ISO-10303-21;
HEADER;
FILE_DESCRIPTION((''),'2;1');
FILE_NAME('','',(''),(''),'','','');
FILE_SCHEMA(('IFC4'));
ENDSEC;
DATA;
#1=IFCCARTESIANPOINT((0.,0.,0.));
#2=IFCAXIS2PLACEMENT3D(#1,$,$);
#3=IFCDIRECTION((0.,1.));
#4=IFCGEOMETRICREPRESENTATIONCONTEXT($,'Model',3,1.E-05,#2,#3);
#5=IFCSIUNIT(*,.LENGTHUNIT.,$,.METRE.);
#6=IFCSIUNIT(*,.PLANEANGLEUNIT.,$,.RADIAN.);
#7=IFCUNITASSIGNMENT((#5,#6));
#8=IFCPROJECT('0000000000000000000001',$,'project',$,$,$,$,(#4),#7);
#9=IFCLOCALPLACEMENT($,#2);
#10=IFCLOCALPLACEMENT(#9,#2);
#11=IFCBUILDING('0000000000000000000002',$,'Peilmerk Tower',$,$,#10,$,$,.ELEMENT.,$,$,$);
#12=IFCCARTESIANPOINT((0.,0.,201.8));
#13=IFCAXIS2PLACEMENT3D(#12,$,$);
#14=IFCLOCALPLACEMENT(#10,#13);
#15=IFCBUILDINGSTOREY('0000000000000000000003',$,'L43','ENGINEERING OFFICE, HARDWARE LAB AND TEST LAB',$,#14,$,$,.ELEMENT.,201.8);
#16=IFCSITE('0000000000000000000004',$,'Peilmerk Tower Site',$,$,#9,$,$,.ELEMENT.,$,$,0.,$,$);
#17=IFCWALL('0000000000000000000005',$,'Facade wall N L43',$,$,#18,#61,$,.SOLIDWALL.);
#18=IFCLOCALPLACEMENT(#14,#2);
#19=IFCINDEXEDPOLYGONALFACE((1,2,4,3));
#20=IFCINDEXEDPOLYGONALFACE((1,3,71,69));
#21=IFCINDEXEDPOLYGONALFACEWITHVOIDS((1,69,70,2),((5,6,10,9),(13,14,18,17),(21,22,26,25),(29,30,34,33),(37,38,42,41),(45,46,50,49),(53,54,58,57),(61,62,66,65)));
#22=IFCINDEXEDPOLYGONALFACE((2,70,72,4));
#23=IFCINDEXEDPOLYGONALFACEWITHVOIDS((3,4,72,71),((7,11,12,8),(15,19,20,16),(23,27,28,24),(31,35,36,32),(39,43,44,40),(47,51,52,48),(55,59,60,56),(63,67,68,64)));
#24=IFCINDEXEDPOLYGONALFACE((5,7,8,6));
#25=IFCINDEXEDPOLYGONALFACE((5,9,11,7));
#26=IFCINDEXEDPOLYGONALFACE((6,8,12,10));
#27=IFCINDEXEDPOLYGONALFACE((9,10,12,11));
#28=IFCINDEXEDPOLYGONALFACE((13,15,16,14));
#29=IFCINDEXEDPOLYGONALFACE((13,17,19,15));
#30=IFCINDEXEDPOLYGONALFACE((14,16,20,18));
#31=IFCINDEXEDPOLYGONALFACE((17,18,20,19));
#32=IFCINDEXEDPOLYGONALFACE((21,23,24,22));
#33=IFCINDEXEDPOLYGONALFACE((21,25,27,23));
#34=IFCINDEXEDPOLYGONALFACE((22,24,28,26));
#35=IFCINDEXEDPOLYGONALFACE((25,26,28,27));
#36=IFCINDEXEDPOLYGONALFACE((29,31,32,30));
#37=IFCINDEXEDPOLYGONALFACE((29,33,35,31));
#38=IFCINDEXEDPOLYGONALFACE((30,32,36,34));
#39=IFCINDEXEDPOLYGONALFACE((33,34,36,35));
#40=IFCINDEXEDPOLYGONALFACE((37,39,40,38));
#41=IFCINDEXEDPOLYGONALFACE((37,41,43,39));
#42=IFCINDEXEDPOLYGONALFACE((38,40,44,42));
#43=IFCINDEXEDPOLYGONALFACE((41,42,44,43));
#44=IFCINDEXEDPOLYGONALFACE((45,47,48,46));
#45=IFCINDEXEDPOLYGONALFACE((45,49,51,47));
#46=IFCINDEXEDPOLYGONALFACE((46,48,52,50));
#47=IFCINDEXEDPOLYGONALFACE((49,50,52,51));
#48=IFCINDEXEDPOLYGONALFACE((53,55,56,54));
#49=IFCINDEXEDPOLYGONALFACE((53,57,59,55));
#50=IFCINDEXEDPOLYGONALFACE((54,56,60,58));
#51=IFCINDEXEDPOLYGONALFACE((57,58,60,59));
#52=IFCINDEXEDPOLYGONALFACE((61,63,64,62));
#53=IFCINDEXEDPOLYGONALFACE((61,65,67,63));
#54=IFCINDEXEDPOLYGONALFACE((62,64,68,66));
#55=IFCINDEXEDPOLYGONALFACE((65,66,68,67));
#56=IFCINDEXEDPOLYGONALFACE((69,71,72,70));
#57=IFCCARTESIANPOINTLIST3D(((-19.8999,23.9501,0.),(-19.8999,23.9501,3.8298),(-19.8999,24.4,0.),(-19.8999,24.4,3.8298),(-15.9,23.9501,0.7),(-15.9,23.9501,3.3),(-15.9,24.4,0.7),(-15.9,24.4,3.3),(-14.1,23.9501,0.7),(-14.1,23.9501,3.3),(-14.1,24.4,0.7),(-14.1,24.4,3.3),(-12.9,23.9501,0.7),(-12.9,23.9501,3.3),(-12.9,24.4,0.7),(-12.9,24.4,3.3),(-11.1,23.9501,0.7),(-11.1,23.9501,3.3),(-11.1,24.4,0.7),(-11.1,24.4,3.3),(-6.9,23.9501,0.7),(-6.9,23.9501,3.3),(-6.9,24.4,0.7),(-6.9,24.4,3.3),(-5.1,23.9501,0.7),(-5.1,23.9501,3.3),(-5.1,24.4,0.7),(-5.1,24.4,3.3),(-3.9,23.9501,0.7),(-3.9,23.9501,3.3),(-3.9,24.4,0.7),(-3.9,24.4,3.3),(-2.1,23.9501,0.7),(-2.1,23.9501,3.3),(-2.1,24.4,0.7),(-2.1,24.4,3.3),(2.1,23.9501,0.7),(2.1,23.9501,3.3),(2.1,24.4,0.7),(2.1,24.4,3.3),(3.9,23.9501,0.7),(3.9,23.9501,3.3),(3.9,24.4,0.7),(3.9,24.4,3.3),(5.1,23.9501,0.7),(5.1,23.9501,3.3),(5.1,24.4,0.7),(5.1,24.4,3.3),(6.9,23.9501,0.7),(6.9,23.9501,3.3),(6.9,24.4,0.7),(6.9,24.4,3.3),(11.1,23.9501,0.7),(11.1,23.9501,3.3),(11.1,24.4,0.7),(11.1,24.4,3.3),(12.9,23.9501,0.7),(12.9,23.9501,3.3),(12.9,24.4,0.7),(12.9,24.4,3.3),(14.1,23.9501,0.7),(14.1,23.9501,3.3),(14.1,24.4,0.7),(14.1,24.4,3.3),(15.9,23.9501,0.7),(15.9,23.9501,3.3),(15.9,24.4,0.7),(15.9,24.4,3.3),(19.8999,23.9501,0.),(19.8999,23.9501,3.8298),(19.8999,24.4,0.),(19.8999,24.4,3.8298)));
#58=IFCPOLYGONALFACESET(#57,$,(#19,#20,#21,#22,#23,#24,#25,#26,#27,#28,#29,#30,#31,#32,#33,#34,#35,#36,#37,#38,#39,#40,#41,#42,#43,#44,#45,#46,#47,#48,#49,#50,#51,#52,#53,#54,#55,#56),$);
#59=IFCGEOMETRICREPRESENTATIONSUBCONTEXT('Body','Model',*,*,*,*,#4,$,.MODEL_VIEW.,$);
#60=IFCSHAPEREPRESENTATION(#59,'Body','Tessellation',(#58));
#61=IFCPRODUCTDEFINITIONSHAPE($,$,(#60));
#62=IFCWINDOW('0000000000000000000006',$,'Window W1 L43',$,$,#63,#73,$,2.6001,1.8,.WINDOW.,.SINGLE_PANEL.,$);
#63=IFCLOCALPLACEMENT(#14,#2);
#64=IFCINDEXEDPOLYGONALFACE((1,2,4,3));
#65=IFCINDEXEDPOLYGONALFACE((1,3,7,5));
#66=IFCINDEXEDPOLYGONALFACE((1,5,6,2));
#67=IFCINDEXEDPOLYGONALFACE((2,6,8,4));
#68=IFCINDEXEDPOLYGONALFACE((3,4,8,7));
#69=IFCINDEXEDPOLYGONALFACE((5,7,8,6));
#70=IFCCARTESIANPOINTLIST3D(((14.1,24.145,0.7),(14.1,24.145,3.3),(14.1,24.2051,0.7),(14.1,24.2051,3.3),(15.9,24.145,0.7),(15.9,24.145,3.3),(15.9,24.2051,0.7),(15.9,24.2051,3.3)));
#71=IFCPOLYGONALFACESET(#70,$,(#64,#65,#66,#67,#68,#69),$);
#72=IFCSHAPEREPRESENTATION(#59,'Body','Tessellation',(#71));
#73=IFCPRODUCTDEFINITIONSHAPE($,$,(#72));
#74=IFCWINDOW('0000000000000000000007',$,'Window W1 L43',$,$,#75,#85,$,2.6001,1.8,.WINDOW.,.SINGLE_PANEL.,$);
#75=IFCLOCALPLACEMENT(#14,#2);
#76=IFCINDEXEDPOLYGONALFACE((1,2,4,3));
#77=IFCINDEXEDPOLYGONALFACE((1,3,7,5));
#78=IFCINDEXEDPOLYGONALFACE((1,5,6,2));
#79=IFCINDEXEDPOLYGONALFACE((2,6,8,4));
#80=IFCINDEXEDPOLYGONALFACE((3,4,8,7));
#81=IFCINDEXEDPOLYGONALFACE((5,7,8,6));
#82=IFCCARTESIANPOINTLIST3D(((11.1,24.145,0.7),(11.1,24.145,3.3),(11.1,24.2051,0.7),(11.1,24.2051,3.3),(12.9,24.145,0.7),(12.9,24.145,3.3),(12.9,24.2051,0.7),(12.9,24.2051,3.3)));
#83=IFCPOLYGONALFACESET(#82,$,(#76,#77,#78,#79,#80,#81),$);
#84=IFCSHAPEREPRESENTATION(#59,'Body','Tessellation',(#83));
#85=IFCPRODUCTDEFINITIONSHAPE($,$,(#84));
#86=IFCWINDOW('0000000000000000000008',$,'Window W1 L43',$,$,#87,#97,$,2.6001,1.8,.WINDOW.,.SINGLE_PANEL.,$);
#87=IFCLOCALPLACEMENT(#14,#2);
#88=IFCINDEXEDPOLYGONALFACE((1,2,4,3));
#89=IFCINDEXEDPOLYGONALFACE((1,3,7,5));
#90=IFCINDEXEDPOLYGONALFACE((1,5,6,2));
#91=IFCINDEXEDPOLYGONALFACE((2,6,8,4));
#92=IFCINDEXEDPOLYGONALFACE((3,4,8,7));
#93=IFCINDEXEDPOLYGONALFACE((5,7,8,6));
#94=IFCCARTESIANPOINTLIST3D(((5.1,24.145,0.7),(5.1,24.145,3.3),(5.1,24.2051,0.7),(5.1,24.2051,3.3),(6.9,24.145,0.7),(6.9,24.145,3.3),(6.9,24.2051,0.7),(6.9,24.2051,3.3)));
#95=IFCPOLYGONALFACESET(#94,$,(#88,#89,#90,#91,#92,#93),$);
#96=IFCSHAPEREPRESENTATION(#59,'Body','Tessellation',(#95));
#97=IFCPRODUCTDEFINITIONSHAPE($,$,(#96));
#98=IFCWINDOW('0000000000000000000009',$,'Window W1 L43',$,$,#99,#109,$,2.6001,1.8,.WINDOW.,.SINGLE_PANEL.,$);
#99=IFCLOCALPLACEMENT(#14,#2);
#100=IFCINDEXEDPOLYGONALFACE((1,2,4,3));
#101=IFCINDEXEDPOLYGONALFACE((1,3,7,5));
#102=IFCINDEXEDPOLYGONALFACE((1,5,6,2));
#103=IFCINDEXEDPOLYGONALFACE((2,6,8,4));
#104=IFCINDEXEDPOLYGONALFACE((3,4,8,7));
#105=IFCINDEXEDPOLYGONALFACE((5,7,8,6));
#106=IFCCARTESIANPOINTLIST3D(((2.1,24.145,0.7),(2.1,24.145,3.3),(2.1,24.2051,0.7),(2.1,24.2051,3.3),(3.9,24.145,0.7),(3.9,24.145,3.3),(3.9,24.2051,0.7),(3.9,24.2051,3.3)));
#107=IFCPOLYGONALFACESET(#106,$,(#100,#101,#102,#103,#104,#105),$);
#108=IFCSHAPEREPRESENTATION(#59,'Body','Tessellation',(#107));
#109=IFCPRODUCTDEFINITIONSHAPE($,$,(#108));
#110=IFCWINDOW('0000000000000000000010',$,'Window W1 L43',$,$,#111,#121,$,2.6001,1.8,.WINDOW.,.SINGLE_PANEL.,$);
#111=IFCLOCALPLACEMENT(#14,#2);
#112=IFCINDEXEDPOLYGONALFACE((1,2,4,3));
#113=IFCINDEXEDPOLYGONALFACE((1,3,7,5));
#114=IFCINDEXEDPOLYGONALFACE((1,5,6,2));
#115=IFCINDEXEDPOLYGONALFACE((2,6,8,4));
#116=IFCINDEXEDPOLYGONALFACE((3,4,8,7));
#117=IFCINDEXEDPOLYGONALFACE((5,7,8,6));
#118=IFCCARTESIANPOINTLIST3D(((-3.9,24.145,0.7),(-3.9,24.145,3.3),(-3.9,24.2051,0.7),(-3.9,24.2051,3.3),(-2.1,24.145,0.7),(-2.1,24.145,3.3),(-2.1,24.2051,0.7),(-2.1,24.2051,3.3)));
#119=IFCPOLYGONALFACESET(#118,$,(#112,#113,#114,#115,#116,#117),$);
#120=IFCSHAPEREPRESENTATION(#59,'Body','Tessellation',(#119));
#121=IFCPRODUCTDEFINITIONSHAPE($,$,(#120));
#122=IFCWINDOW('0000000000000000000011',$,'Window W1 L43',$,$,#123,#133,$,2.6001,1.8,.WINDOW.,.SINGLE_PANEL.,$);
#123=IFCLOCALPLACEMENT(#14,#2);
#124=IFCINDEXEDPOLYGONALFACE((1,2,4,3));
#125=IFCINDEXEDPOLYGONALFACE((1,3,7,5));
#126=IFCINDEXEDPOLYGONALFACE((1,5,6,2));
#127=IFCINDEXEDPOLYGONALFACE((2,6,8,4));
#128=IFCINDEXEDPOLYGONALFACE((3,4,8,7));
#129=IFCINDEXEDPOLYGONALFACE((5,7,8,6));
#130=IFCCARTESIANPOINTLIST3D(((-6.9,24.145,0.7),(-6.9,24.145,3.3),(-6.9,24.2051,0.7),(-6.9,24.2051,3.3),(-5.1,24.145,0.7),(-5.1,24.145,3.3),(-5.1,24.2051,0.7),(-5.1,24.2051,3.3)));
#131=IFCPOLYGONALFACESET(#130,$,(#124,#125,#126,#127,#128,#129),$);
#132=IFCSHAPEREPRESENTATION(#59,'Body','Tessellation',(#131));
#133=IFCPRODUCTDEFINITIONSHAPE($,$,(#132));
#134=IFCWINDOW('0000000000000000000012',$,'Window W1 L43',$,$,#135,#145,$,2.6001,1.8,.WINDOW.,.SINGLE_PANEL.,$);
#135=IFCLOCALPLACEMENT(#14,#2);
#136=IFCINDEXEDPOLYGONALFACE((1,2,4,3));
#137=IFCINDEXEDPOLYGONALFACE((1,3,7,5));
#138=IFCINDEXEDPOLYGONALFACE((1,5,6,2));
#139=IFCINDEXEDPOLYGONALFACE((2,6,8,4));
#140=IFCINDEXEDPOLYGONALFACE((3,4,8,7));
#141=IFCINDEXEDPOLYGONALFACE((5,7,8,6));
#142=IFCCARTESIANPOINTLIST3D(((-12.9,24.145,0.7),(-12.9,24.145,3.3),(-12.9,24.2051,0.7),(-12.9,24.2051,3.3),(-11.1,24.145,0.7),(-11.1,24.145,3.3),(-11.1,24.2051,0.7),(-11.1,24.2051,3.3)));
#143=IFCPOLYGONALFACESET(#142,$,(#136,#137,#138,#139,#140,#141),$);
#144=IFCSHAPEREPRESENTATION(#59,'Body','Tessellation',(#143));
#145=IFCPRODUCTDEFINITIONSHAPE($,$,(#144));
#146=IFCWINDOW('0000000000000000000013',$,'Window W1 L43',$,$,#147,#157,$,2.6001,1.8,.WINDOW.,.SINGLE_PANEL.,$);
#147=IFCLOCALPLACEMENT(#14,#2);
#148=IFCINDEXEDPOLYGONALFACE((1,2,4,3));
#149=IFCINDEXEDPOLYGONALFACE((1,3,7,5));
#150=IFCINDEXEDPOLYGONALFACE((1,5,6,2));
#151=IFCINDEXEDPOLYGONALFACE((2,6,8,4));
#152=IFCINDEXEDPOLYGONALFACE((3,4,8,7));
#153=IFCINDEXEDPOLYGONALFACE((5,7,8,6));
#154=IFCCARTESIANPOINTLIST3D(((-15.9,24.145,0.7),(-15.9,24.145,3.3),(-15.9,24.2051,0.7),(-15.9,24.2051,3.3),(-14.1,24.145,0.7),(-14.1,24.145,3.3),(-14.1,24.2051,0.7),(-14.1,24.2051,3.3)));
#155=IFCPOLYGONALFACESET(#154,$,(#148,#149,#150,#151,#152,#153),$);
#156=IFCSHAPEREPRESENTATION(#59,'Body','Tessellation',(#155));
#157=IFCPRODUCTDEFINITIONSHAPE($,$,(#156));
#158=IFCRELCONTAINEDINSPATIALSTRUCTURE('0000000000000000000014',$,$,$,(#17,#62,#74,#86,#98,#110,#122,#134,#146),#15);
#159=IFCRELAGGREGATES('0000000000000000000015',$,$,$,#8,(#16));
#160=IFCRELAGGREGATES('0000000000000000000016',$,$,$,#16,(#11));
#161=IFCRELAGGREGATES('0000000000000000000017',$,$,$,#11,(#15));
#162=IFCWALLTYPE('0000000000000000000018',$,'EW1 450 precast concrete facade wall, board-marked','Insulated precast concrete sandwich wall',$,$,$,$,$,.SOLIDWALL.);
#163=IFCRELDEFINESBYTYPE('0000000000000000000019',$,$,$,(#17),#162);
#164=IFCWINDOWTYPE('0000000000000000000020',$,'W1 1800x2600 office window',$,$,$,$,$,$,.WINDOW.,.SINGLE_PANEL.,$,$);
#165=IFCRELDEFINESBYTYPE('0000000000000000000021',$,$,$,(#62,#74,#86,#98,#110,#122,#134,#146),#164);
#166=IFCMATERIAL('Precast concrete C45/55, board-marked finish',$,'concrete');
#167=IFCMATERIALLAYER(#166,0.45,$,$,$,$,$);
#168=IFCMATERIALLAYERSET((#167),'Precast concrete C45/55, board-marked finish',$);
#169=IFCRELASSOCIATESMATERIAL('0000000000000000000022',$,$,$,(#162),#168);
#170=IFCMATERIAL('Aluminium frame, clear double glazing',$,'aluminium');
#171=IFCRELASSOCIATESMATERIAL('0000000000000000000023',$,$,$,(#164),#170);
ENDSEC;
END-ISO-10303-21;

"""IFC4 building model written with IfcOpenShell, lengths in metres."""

from ifc_helpers import new_model, si_unit, direction, frame, frame_2d, origin, place, context, subcontext, project, spatial, rectangle, extrude, material, layer, layer_set, type_object, element, fill, save


model = new_model("IFC4")

# Units and contexts
model_context = context("Model", 3, precision=1e-05, world=origin(), true_north=direction((0.0, 1.0)))
body_context = subcontext(model_context, "Body", "Model", "MODEL_VIEW")
ifc_project = project(units=[si_unit("LENGTHUNIT", "METRE"), si_unit("PLANEANGLEUNIT", "RADIAN")], contexts=[model_context])

# Site, building, storey
site_placement = place(None, origin())
site = spatial("IfcSite", under=ifc_project, at=site_placement, Name="Peilmerk Tower Site", CompositionType="ELEMENT", RefElevation=0.0)
building_placement = place(site_placement, origin())
building = spatial("IfcBuilding", under=site, at=building_placement, Name="Peilmerk Tower", CompositionType="ELEMENT")
storey_placement = place(building_placement, frame((0.0, 0.0, 201.8)))
storey = spatial("IfcBuildingStorey", under=building, at=storey_placement, Name="L43", Description="ENGINEERING OFFICE, HARDWARE LAB AND TEST LAB", CompositionType="ELEMENT", Elevation=201.8)

# Wall, openings, windows
ifc_material_1 = material(Name="Precast concrete C45/55, board-marked finish", Category="concrete")
ifc_layer_1 = layer(ifc_material_1, 0.45)
ifc_layer_set_1 = layer_set([ifc_layer_1], Name="Precast concrete C45/55, board-marked finish")
wall_type = type_object("IfcWallType", Name="EW1 450 precast concrete facade wall, board-marked", Description="Insulated precast concrete sandwich wall", PredefinedType="SOLIDWALL", material=ifc_layer_set_1)
wall_placement = place(storey_placement, frame((19.8999, 24.175, 0.0), z_axis=(0.0, 0.0, 1.0), x_axis=(-1.0, 0.0, 0.0)))
wall = element("IfcWall", 1, at=wall_placement, inside=storey, type_object=wall_type, Name="Facade wall N L43", PredefinedType="SOLIDWALL", context=body_context, shape_type="SweptSolid", body=[
    extrude(rectangle(XDim=39.7998, YDim=0.45, at=frame_2d((19.8999, 0.0))), origin(), (0.0, 0.0, 1.0), 3.8298),
])
opening_1_placement = place(wall_placement, frame((4.0, 0.0, 0.7)))
opening_1 = element("IfcOpeningElement", 2, at=opening_1_placement, cuts=wall, PredefinedType="OPENING", context=body_context, shape_type="SweptSolid", body=[
    extrude(rectangle(XDim=1.8, YDim=2.6001, at=frame_2d((0.8999, 1.3))), frame((0.0, 0.2349, 0.0), z_axis=(0.0, -1.0, 0.0), x_axis=(1.0, 0.0, 0.0)), (0.0, 0.0, 1.0), 0.47),
])
opening_2_placement = place(wall_placement, frame((7.0, 0.0, 0.7)))
opening_2 = element("IfcOpeningElement", 3, at=opening_2_placement, cuts=wall, PredefinedType="OPENING", context=body_context, shape_type="SweptSolid", body=[
    extrude(rectangle(XDim=1.8, YDim=2.6001, at=frame_2d((0.8999, 1.3))), frame((0.0, 0.2349, 0.0), z_axis=(0.0, -1.0, 0.0), x_axis=(1.0, 0.0, 0.0)), (0.0, 0.0, 1.0), 0.47),
])
opening_3_placement = place(wall_placement, frame((13.0, 0.0, 0.7)))
opening_3 = element("IfcOpeningElement", 4, at=opening_3_placement, cuts=wall, PredefinedType="OPENING", context=body_context, shape_type="SweptSolid", body=[
    extrude(rectangle(XDim=1.8, YDim=2.6001, at=frame_2d((0.8999, 1.3))), frame((0.0, 0.2349, 0.0), z_axis=(0.0, -1.0, 0.0), x_axis=(1.0, 0.0, 0.0)), (0.0, 0.0, 1.0), 0.47),
])
opening_4_placement = place(wall_placement, frame((16.0, 0.0, 0.7)))
opening_4 = element("IfcOpeningElement", 5, at=opening_4_placement, cuts=wall, PredefinedType="OPENING", context=body_context, shape_type="SweptSolid", body=[
    extrude(rectangle(XDim=1.8, YDim=2.6001, at=frame_2d((0.8999, 1.3))), frame((0.0, 0.2349, 0.0), z_axis=(0.0, -1.0, 0.0), x_axis=(1.0, 0.0, 0.0)), (0.0, 0.0, 1.0), 0.47),
])
opening_5_placement = place(wall_placement, frame((22.0, 0.0, 0.7)))
opening_5 = element("IfcOpeningElement", 6, at=opening_5_placement, cuts=wall, PredefinedType="OPENING", context=body_context, shape_type="SweptSolid", body=[
    extrude(rectangle(XDim=1.8, YDim=2.6001, at=frame_2d((0.8999, 1.3))), frame((0.0, 0.2349, 0.0), z_axis=(0.0, -1.0, 0.0), x_axis=(1.0, 0.0, 0.0)), (0.0, 0.0, 1.0), 0.47),
])
opening_6_placement = place(wall_placement, frame((25.0, 0.0, 0.7)))
opening_6 = element("IfcOpeningElement", 7, at=opening_6_placement, cuts=wall, PredefinedType="OPENING", context=body_context, shape_type="SweptSolid", body=[
    extrude(rectangle(XDim=1.8, YDim=2.6001, at=frame_2d((0.8999, 1.3))), frame((0.0, 0.2349, 0.0), z_axis=(0.0, -1.0, 0.0), x_axis=(1.0, 0.0, 0.0)), (0.0, 0.0, 1.0), 0.47),
])
opening_7_placement = place(wall_placement, frame((31.0, 0.0, 0.7)))
opening_7 = element("IfcOpeningElement", 8, at=opening_7_placement, cuts=wall, PredefinedType="OPENING", context=body_context, shape_type="SweptSolid", body=[
    extrude(rectangle(XDim=1.8, YDim=2.6001, at=frame_2d((0.8999, 1.3))), frame((0.0, 0.2349, 0.0), z_axis=(0.0, -1.0, 0.0), x_axis=(1.0, 0.0, 0.0)), (0.0, 0.0, 1.0), 0.47),
])
opening_8_placement = place(wall_placement, frame((34.0, 0.0, 0.7)))
opening_8 = element("IfcOpeningElement", 9, at=opening_8_placement, cuts=wall, PredefinedType="OPENING", context=body_context, shape_type="SweptSolid", body=[
    extrude(rectangle(XDim=1.8, YDim=2.6001, at=frame_2d((0.8999, 1.3))), frame((0.0, 0.2349, 0.0), z_axis=(0.0, -1.0, 0.0), x_axis=(1.0, 0.0, 0.0)), (0.0, 0.0, 1.0), 0.47),
])
ifc_material_2 = material(Name="Aluminium frame, clear double glazing", Category="aluminium")
window_type = type_object("IfcWindowType", Name="W1 1800x2600 office window", PartitioningType="SINGLE_PANEL", PredefinedType="WINDOW", material=ifc_material_2)
window_1_placement = place(opening_1_placement, origin())
window_1 = element("IfcWindow", 10, at=window_1_placement, inside=storey, type_object=window_type, Name="Window W1 L43", OverallHeight=2.6001, OverallWidth=1.8, PartitioningType="SINGLE_PANEL", PredefinedType="WINDOW", context=body_context, shape_type="SweptSolid", body=[
    extrude(rectangle(XDim=1.8, YDim=2.6001, at=frame_2d((0.8999, 1.3))), frame((0.0, 0.03, 0.0), z_axis=(0.0, -1.0, 0.0), x_axis=(1.0, 0.0, 0.0)), (0.0, 0.0, 1.0), 0.0601),
])
fill(opening_1, window_1)
window_2_placement = place(opening_2_placement, origin())
window_2 = element("IfcWindow", 11, at=window_2_placement, inside=storey, type_object=window_type, Name="Window W1 L43", OverallHeight=2.6001, OverallWidth=1.8, PartitioningType="SINGLE_PANEL", PredefinedType="WINDOW", context=body_context, shape_type="SweptSolid", body=[
    extrude(rectangle(XDim=1.8, YDim=2.6001, at=frame_2d((0.8999, 1.3))), frame((0.0, 0.03, 0.0), z_axis=(0.0, -1.0, 0.0), x_axis=(1.0, 0.0, 0.0)), (0.0, 0.0, 1.0), 0.0601),
])
fill(opening_2, window_2)
window_3_placement = place(opening_3_placement, origin())
window_3 = element("IfcWindow", 12, at=window_3_placement, inside=storey, type_object=window_type, Name="Window W1 L43", OverallHeight=2.6001, OverallWidth=1.8, PartitioningType="SINGLE_PANEL", PredefinedType="WINDOW", context=body_context, shape_type="SweptSolid", body=[
    extrude(rectangle(XDim=1.8, YDim=2.6001, at=frame_2d((0.8999, 1.3))), frame((0.0, 0.03, 0.0), z_axis=(0.0, -1.0, 0.0), x_axis=(1.0, 0.0, 0.0)), (0.0, 0.0, 1.0), 0.0601),
])
fill(opening_3, window_3)
window_4_placement = place(opening_4_placement, origin())
window_4 = element("IfcWindow", 13, at=window_4_placement, inside=storey, type_object=window_type, Name="Window W1 L43", OverallHeight=2.6001, OverallWidth=1.8, PartitioningType="SINGLE_PANEL", PredefinedType="WINDOW", context=body_context, shape_type="SweptSolid", body=[
    extrude(rectangle(XDim=1.8, YDim=2.6001, at=frame_2d((0.8999, 1.3))), frame((0.0, 0.03, 0.0), z_axis=(0.0, -1.0, 0.0), x_axis=(1.0, 0.0, 0.0)), (0.0, 0.0, 1.0), 0.0601),
])
fill(opening_4, window_4)
window_5_placement = place(opening_5_placement, origin())
window_5 = element("IfcWindow", 14, at=window_5_placement, inside=storey, type_object=window_type, Name="Window W1 L43", OverallHeight=2.6001, OverallWidth=1.8, PartitioningType="SINGLE_PANEL", PredefinedType="WINDOW", context=body_context, shape_type="SweptSolid", body=[
    extrude(rectangle(XDim=1.8, YDim=2.6001, at=frame_2d((0.8999, 1.3))), frame((0.0, 0.03, 0.0), z_axis=(0.0, -1.0, 0.0), x_axis=(1.0, 0.0, 0.0)), (0.0, 0.0, 1.0), 0.0601),
])
fill(opening_5, window_5)
window_6_placement = place(opening_6_placement, origin())
window_6 = element("IfcWindow", 15, at=window_6_placement, inside=storey, type_object=window_type, Name="Window W1 L43", OverallHeight=2.6001, OverallWidth=1.8, PartitioningType="SINGLE_PANEL", PredefinedType="WINDOW", context=body_context, shape_type="SweptSolid", body=[
    extrude(rectangle(XDim=1.8, YDim=2.6001, at=frame_2d((0.8999, 1.3))), frame((0.0, 0.03, 0.0), z_axis=(0.0, -1.0, 0.0), x_axis=(1.0, 0.0, 0.0)), (0.0, 0.0, 1.0), 0.0601),
])
fill(opening_6, window_6)
window_7_placement = place(opening_7_placement, origin())
window_7 = element("IfcWindow", 16, at=window_7_placement, inside=storey, type_object=window_type, Name="Window W1 L43", OverallHeight=2.6001, OverallWidth=1.8, PartitioningType="SINGLE_PANEL", PredefinedType="WINDOW", context=body_context, shape_type="SweptSolid", body=[
    extrude(rectangle(XDim=1.8, YDim=2.6001, at=frame_2d((0.8999, 1.3))), frame((0.0, 0.03, 0.0), z_axis=(0.0, -1.0, 0.0), x_axis=(1.0, 0.0, 0.0)), (0.0, 0.0, 1.0), 0.0601),
])
fill(opening_7, window_7)
window_8_placement = place(opening_8_placement, origin())
window_8 = element("IfcWindow", 17, at=window_8_placement, inside=storey, type_object=window_type, Name="Window W1 L43", OverallHeight=2.6001, OverallWidth=1.8, PartitioningType="SINGLE_PANEL", PredefinedType="WINDOW", context=body_context, shape_type="SweptSolid", body=[
    extrude(rectangle(XDim=1.8, YDim=2.6001, at=frame_2d((0.8999, 1.3))), frame((0.0, 0.03, 0.0), z_axis=(0.0, -1.0, 0.0), x_axis=(1.0, 0.0, 0.0)), (0.0, 0.0, 1.0), 0.0601),
])
fill(opening_8, window_8)

save(model, "model.ifc")
